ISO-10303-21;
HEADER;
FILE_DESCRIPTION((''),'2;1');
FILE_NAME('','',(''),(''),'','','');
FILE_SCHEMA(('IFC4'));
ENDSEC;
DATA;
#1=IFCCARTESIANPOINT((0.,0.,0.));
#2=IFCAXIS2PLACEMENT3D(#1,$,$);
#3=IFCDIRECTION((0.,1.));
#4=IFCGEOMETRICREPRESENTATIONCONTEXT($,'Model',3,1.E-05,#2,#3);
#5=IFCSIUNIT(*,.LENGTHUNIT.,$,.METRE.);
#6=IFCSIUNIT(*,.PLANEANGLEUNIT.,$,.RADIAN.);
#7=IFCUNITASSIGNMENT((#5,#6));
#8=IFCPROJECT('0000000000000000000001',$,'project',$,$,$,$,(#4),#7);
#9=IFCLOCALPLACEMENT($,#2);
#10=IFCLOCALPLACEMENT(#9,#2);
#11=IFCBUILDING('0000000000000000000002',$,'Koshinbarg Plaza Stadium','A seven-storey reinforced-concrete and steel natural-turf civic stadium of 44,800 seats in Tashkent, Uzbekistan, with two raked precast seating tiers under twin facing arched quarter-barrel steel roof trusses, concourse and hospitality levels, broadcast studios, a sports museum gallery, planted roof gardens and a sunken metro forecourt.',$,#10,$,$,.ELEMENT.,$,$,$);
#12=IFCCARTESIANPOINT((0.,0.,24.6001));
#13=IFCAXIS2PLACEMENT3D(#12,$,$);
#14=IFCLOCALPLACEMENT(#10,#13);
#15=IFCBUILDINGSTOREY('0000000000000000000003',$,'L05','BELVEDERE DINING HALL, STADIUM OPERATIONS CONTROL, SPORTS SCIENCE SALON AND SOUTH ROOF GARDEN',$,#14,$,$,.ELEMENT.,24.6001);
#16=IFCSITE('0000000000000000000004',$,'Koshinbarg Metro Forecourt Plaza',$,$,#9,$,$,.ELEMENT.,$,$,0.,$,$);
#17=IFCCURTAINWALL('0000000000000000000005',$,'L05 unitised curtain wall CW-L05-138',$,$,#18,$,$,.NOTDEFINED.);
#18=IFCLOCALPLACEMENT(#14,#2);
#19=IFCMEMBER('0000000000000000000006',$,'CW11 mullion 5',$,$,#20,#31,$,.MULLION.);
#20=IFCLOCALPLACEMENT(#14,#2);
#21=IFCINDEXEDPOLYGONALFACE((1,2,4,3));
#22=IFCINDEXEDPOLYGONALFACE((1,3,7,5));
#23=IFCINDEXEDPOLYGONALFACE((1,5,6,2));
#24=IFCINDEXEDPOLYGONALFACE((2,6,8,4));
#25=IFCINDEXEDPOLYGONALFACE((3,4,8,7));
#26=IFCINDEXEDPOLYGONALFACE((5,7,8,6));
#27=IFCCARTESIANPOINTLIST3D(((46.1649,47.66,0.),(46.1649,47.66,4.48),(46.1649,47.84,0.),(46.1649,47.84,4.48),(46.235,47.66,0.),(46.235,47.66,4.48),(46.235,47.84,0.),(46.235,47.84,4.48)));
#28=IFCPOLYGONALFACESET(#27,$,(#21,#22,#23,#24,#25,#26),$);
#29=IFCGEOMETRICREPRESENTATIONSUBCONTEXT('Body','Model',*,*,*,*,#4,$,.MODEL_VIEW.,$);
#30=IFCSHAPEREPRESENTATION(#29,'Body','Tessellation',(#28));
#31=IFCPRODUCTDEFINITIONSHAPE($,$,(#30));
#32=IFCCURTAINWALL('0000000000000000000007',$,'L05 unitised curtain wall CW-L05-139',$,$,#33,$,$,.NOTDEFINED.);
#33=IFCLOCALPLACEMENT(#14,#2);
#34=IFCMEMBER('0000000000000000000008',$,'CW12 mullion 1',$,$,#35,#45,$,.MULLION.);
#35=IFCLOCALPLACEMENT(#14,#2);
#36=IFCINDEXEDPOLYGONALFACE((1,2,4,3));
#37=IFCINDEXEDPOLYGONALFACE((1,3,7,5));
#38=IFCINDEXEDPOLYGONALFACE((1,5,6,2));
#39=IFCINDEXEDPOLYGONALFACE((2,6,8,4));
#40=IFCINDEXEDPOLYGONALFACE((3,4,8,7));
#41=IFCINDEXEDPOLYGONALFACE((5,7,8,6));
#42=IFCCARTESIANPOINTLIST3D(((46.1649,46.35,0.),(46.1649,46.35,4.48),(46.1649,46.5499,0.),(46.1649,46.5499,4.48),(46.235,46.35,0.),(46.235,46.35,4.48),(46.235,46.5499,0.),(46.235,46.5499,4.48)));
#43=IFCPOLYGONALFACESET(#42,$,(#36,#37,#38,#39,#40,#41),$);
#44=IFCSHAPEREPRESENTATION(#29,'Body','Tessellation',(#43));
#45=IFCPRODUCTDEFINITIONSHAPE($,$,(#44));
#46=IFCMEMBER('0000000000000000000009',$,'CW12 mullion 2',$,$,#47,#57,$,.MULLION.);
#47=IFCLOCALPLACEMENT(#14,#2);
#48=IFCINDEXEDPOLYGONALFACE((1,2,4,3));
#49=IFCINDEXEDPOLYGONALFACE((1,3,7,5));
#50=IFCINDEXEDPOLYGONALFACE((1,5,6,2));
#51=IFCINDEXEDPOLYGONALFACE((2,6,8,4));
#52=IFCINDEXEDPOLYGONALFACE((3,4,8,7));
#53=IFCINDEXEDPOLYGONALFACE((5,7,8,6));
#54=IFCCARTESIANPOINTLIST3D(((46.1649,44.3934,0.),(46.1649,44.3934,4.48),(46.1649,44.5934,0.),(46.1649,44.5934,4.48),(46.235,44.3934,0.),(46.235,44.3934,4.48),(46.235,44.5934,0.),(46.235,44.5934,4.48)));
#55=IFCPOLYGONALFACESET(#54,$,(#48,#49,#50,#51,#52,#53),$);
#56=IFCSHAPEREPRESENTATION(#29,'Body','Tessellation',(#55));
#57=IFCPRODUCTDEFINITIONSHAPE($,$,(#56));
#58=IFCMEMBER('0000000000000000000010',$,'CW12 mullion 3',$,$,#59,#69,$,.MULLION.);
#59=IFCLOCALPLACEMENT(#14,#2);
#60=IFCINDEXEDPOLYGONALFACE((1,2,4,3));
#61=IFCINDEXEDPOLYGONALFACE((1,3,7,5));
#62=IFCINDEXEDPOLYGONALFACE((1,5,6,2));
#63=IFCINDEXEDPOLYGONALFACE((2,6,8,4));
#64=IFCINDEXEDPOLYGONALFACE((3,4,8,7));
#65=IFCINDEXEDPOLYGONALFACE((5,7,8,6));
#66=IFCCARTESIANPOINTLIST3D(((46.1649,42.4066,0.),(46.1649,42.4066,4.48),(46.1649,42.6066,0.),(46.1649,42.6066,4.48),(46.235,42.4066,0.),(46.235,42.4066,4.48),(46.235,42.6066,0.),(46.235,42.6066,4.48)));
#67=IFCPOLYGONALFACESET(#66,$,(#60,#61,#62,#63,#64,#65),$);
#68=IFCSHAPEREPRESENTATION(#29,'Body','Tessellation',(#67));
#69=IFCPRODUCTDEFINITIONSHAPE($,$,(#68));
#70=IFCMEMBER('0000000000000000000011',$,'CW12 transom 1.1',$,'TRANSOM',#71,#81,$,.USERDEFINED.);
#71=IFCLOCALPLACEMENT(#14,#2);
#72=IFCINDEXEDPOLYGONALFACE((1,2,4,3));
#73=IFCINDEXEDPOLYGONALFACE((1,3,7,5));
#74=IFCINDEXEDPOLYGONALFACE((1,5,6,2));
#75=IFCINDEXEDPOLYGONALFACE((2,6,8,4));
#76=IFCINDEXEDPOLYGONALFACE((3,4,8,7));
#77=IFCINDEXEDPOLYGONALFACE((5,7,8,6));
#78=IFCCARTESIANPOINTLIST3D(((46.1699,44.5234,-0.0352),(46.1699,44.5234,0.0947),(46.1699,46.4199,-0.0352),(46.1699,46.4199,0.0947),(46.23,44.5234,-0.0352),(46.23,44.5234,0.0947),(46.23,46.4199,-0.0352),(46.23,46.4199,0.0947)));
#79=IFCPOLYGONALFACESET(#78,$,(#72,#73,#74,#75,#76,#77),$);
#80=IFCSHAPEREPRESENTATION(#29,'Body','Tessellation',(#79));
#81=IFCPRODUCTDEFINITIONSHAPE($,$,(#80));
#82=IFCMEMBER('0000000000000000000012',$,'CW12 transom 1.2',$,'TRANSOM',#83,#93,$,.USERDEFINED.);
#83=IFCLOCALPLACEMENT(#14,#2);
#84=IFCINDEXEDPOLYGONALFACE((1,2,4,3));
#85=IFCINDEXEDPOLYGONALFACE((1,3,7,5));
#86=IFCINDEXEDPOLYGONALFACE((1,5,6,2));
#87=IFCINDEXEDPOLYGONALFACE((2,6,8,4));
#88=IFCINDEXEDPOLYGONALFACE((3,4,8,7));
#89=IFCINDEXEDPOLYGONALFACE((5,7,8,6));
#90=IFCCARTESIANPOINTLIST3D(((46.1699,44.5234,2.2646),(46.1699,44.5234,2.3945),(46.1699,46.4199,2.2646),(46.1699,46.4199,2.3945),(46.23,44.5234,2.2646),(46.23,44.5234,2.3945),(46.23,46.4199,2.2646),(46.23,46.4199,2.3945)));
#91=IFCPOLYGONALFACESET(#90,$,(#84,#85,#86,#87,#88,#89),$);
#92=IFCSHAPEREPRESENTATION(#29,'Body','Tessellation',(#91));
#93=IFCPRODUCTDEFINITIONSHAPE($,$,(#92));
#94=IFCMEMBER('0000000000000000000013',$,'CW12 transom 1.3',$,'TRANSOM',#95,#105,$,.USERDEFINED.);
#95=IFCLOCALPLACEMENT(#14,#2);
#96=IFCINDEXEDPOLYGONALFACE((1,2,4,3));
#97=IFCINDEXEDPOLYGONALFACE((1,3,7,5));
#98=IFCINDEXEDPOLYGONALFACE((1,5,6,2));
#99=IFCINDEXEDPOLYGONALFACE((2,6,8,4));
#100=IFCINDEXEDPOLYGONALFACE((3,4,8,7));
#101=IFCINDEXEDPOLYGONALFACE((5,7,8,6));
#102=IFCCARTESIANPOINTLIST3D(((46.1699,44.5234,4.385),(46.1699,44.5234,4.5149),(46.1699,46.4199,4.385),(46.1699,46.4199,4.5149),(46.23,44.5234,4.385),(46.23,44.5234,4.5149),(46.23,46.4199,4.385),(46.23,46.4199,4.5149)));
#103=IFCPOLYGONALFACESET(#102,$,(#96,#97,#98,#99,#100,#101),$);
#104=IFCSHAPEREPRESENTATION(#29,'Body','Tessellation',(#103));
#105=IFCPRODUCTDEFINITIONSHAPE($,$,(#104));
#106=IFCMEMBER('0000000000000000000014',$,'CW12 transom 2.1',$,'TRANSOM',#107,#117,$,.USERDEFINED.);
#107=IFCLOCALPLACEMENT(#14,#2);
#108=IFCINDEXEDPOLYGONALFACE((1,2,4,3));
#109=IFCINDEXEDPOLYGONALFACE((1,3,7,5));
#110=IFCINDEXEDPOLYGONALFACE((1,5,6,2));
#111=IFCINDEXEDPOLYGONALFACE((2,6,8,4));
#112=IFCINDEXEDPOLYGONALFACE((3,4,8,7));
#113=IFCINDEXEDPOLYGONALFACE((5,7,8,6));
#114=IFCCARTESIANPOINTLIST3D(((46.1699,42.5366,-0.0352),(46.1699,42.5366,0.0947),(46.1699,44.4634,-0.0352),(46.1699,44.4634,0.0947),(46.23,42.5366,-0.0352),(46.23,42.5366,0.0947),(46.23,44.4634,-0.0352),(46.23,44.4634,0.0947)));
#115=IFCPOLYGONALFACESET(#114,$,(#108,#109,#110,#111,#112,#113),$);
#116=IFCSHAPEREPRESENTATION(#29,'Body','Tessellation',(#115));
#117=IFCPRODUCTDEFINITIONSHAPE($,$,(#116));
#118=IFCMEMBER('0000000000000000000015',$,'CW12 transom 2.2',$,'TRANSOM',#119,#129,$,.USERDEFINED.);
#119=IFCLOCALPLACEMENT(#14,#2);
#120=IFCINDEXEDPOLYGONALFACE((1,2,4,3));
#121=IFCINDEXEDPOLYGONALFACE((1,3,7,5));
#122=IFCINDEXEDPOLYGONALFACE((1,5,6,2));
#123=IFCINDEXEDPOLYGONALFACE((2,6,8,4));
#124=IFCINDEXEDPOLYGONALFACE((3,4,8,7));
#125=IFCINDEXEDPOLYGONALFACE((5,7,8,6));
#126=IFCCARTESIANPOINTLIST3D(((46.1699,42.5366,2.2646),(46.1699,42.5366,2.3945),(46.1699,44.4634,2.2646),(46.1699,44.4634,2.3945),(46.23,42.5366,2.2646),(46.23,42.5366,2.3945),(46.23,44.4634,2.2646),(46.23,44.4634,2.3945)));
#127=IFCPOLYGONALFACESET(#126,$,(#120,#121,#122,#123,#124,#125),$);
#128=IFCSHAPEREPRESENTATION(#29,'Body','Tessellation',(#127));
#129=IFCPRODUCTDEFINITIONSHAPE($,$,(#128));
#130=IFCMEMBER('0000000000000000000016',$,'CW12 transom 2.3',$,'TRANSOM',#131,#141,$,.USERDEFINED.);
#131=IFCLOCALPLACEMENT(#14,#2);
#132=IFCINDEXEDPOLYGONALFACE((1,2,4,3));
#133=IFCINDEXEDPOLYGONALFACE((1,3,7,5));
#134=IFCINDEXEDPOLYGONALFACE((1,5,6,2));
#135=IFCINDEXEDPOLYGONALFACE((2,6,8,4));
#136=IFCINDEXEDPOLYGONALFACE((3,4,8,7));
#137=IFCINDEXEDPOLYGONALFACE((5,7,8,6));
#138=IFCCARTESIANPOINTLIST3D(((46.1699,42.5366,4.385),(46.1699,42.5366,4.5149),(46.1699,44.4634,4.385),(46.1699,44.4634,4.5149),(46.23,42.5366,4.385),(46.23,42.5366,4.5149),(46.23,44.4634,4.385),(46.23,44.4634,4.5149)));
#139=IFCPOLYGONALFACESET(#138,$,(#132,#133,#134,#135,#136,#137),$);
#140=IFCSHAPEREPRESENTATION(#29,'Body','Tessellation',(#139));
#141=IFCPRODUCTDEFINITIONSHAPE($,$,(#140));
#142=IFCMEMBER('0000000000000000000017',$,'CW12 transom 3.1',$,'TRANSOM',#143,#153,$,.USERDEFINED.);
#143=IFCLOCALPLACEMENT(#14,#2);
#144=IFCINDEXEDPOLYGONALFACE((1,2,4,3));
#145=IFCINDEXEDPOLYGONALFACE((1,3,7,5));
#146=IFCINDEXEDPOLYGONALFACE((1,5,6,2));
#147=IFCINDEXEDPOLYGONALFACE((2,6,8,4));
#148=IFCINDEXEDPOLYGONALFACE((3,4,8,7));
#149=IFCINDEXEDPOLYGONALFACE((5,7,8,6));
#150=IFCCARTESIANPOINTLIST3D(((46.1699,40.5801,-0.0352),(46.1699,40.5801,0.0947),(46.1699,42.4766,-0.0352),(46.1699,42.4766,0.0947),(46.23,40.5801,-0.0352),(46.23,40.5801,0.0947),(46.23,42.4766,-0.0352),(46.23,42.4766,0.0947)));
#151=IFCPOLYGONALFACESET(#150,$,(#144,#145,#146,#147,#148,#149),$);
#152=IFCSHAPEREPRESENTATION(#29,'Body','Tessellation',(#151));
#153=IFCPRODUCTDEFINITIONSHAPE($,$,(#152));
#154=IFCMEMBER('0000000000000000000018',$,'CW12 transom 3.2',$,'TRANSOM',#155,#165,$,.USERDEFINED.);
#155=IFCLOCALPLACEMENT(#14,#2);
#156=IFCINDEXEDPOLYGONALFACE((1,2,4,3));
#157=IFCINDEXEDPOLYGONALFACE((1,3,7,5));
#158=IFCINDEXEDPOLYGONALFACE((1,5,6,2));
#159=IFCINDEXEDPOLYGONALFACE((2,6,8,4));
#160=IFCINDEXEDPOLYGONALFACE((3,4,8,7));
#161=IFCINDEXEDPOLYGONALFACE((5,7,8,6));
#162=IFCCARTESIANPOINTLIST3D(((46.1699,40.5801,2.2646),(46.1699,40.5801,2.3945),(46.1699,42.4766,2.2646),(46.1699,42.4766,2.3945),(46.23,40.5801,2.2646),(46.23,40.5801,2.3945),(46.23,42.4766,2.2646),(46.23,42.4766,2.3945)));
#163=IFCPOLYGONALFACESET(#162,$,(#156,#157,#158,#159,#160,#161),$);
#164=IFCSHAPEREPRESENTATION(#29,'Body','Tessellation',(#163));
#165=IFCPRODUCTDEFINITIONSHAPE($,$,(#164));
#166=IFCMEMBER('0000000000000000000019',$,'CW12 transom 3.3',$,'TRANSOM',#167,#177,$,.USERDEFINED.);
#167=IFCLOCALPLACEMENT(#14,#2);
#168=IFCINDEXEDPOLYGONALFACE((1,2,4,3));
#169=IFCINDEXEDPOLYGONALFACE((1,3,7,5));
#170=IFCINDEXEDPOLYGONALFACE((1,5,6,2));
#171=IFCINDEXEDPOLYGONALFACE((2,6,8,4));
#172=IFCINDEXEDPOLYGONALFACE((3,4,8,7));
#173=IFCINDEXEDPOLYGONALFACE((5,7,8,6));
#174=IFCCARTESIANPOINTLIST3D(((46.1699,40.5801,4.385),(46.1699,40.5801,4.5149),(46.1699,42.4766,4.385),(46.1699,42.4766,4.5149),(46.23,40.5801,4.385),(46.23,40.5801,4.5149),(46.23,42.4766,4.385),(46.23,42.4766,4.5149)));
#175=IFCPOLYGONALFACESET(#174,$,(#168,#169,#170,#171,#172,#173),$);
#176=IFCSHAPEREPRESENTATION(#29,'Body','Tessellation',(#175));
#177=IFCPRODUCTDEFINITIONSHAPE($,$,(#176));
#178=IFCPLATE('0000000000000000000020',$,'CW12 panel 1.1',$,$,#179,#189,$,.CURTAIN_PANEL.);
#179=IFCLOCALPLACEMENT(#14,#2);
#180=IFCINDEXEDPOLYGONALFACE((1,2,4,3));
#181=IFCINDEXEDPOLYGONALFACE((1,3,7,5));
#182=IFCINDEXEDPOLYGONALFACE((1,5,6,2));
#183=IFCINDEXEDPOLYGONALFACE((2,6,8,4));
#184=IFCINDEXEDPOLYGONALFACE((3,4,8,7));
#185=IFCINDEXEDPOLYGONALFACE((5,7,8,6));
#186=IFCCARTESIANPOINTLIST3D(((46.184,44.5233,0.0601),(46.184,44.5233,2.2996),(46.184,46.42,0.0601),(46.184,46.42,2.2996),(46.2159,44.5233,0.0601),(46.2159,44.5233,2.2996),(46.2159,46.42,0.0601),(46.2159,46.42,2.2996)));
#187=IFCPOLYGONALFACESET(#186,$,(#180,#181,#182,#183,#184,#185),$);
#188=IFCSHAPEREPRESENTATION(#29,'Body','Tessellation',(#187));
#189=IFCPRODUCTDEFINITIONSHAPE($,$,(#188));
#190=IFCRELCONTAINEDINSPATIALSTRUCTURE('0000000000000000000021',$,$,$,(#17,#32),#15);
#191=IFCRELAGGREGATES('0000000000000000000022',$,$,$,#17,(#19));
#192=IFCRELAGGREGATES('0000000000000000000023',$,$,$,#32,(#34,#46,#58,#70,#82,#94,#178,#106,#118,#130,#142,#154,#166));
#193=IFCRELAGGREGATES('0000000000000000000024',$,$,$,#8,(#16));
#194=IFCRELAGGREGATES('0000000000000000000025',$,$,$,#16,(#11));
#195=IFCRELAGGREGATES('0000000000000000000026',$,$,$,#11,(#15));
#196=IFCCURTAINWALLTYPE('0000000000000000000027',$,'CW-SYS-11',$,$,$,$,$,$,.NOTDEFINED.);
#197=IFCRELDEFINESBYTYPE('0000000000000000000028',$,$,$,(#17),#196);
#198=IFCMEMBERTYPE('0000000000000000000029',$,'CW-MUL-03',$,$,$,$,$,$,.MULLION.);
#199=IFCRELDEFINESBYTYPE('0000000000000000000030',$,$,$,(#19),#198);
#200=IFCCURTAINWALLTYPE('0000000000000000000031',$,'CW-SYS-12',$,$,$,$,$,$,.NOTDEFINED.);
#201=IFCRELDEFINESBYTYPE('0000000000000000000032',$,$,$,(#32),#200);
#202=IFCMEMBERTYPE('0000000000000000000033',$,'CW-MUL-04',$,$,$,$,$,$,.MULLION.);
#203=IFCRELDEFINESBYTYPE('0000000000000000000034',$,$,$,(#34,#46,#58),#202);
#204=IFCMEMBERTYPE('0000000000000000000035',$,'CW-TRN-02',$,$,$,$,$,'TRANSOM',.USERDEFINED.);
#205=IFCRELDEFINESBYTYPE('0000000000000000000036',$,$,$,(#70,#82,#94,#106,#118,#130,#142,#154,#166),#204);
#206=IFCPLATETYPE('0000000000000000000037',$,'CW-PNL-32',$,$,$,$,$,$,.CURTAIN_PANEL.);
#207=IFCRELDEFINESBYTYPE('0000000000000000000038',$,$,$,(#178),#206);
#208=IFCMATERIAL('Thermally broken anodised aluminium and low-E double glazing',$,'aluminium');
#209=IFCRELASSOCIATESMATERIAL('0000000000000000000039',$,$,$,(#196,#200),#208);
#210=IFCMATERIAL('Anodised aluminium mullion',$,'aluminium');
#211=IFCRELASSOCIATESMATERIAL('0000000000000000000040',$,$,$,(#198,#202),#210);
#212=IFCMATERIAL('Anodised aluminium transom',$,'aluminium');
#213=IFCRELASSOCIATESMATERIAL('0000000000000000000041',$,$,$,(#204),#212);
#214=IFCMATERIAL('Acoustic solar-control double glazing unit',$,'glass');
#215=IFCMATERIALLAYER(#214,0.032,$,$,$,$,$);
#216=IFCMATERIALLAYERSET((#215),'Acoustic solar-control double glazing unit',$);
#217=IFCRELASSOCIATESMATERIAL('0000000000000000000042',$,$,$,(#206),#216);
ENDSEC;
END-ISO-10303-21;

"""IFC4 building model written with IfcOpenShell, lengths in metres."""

from ifc_helpers import new_model, si_unit, direction, frame, origin, origin_2d, place, context, subcontext, project, spatial, rectangle, extrude, material, layer, layer_set, material_profile, profile_set, type_object, element, aggregate, save


model = new_model("IFC4")

# Units and contexts
model_context = context("Model", 3, precision=1e-05, world=origin(), true_north=direction((0.0, 1.0)))
body_context = subcontext(model_context, "Body", "Model", "MODEL_VIEW")
ifc_project = project(units=[si_unit("LENGTHUNIT", "METRE"), si_unit("PLANEANGLEUNIT", "RADIAN")], contexts=[model_context])

# Site, building, storey
site_placement = place(None, origin())
site = spatial("IfcSite", under=ifc_project, at=site_placement, Name="Koshinbarg Metro Forecourt Plaza", CompositionType="ELEMENT", RefElevation=0.0)
building_placement = place(site_placement, origin())
building = spatial("IfcBuilding", under=site, at=building_placement, Name="Koshinbarg Plaza Stadium", Description="A seven-storey reinforced-concrete and steel natural-turf civic stadium of 44,800 seats in Tashkent, Uzbekistan, with two raked precast seating tiers under twin facing arched quarter-barrel steel roof trusses, concourse and hospitality levels, broadcast studios, a sports museum gallery, planted roof gardens and a sunken metro forecourt.", CompositionType="ELEMENT")
storey_placement = place(building_placement, frame((0.0, 0.0, 24.6001)))
storey = spatial("IfcBuildingStorey", under=building, at=storey_placement, Name="L05", Description="BELVEDERE DINING HALL, STADIUM OPERATIONS CONTROL, SPORTS SCIENCE SALON AND SOUTH ROOF GARDEN", CompositionType="ELEMENT", Elevation=24.6001)

# Curtain wall, member
ifc_material_1 = material(Name="Thermally broken anodised aluminium and low-E double glazing", Category="aluminium")
curtain_wall_type_1 = type_object("IfcCurtainWallType", Name="CW-SYS-11", PredefinedType="NOTDEFINED", material=ifc_material_1)
curtain_wall_1_placement = place(storey_placement, origin())
curtain_wall_1 = element("IfcCurtainWall", 1, at=curtain_wall_1_placement, inside=storey, type_object=curtain_wall_type_1, Name="L05 unitised curtain wall CW-L05-138", PredefinedType="NOTDEFINED")
ifc_material_2 = material(Name="Anodised aluminium mullion", Category="aluminium")
ifc_material_profile_1 = material_profile(ifc_material_2, rectangle(XDim=0.0701, YDim=0.1799, at=origin_2d()), Name="ALU 70x180")
ifc_profile_set_1 = profile_set([ifc_material_profile_1], Name="Anodised aluminium mullion")
member_type_1 = type_object("IfcMemberType", Name="CW-MUL-03", PredefinedType="MULLION", material=ifc_profile_set_1)
member_1_placement = place(storey_placement, frame((46.2, 47.75, 0.0), z_axis=(0.0, 0.0, 1.0), x_axis=(1.0, 0.0, 0.0)))
member_1 = element("IfcMember", 2, at=member_1_placement, type_object=member_type_1, Name="CW11 mullion 5", PredefinedType="MULLION", context=body_context, shape_type="SweptSolid", body=[
    extrude(rectangle(XDim=0.0701, YDim=0.1799, at=origin_2d()), origin(), (0.0, 0.0, 1.0), 4.48),
])
aggregate(curtain_wall_1, [member_1])

# Curtain wall, members, plate
curtain_wall_type_2 = type_object("IfcCurtainWallType", Name="CW-SYS-12", PredefinedType="NOTDEFINED", material=ifc_material_1)
curtain_wall_2_placement = place(storey_placement, origin())
curtain_wall_2 = element("IfcCurtainWall", 3, at=curtain_wall_2_placement, inside=storey, type_object=curtain_wall_type_2, Name="L05 unitised curtain wall CW-L05-139", PredefinedType="NOTDEFINED")
ifc_material_profile_2 = material_profile(ifc_material_2, rectangle(XDim=0.0701, YDim=0.2, at=origin_2d()), Name="ALU 70x200")
ifc_profile_set_2 = profile_set([ifc_material_profile_2], Name="Anodised aluminium mullion")
member_type_2 = type_object("IfcMemberType", Name="CW-MUL-04", PredefinedType="MULLION", material=ifc_profile_set_2)
member_2_placement = place(storey_placement, frame((46.2, 46.45, 0.0), z_axis=(0.0, 0.0, 1.0), x_axis=(1.0, 0.0, 0.0)))
member_2 = element("IfcMember", 4, at=member_2_placement, type_object=member_type_2, Name="CW12 mullion 1", PredefinedType="MULLION", context=body_context, shape_type="SweptSolid", body=[
    extrude(rectangle(XDim=0.0701, YDim=0.2, at=origin_2d()), origin(), (0.0, 0.0, 1.0), 4.48),
])
member_3_placement = place(storey_placement, frame((46.2, 44.4934, 0.0), z_axis=(0.0, 0.0, 1.0), x_axis=(1.0, 0.0, 0.0)))
member_3 = element("IfcMember", 5, at=member_3_placement, type_object=member_type_2, Name="CW12 mullion 2", PredefinedType="MULLION", context=body_context, shape_type="SweptSolid", body=[
    extrude(rectangle(XDim=0.0701, YDim=0.2, at=origin_2d()), origin(), (0.0, 0.0, 1.0), 4.48),
])
member_4_placement = place(storey_placement, frame((46.2, 42.5066, 0.0), z_axis=(0.0, 0.0, 1.0), x_axis=(1.0, 0.0, 0.0)))
member_4 = element("IfcMember", 6, at=member_4_placement, type_object=member_type_2, Name="CW12 mullion 3", PredefinedType="MULLION", context=body_context, shape_type="SweptSolid", body=[
    extrude(rectangle(XDim=0.0701, YDim=0.2, at=origin_2d()), origin(), (0.0, 0.0, 1.0), 4.48),
])
ifc_material_3 = material(Name="Anodised aluminium transom", Category="aluminium")
ifc_material_profile_3 = material_profile(ifc_material_3, rectangle(XDim=0.0601, YDim=0.1299, at=origin_2d()), Name="ALU 60x130")
ifc_profile_set_3 = profile_set([ifc_material_profile_3], Name="Anodised aluminium transom")
member_type_3 = type_object("IfcMemberType", Name="CW-TRN-02", ElementType="TRANSOM", PredefinedType="USERDEFINED", material=ifc_profile_set_3)
member_5_placement = place(storey_placement, frame((46.2, 46.4199, 0.0298), z_axis=(0.0, -1.0, 0.0), x_axis=(1.0, 0.0, 0.0)))
member_5 = element("IfcMember", 7, at=member_5_placement, type_object=member_type_3, Name="CW12 transom 1.1", ObjectType="TRANSOM", PredefinedType="USERDEFINED", context=body_context, shape_type="SweptSolid", body=[
    extrude(rectangle(XDim=0.0601, YDim=0.1299, at=origin_2d()), origin(), (0.0, 0.0, 1.0), 1.8965),
])
member_6_placement = place(storey_placement, frame((46.2, 46.4199, 2.3296), z_axis=(0.0, -1.0, 0.0), x_axis=(1.0, 0.0, 0.0)))
member_6 = element("IfcMember", 8, at=member_6_placement, type_object=member_type_3, Name="CW12 transom 1.2", ObjectType="TRANSOM", PredefinedType="USERDEFINED", context=body_context, shape_type="SweptSolid", body=[
    extrude(rectangle(XDim=0.0601, YDim=0.1299, at=origin_2d()), origin(), (0.0, 0.0, 1.0), 1.8965),
])
member_7_placement = place(storey_placement, frame((46.2, 46.4199, 4.45), z_axis=(0.0, -1.0, 0.0), x_axis=(1.0, 0.0, 0.0)))
member_7 = element("IfcMember", 9, at=member_7_placement, type_object=member_type_3, Name="CW12 transom 1.3", ObjectType="TRANSOM", PredefinedType="USERDEFINED", context=body_context, shape_type="SweptSolid", body=[
    extrude(rectangle(XDim=0.0601, YDim=0.1299, at=origin_2d()), origin(), (0.0, 0.0, 1.0), 1.8965),
])
member_8_placement = place(storey_placement, frame((46.2, 44.4634, 0.0298), z_axis=(0.0, -1.0, 0.0), x_axis=(1.0, 0.0, 0.0)))
member_8 = element("IfcMember", 10, at=member_8_placement, type_object=member_type_3, Name="CW12 transom 2.1", ObjectType="TRANSOM", PredefinedType="USERDEFINED", context=body_context, shape_type="SweptSolid", body=[
    extrude(rectangle(XDim=0.0601, YDim=0.1299, at=origin_2d()), origin(), (0.0, 0.0, 1.0), 1.9268),
])
member_9_placement = place(storey_placement, frame((46.2, 44.4634, 2.3296), z_axis=(0.0, -1.0, 0.0), x_axis=(1.0, 0.0, 0.0)))
member_9 = element("IfcMember", 11, at=member_9_placement, type_object=member_type_3, Name="CW12 transom 2.2", ObjectType="TRANSOM", PredefinedType="USERDEFINED", context=body_context, shape_type="SweptSolid", body=[
    extrude(rectangle(XDim=0.0601, YDim=0.1299, at=origin_2d()), origin(), (0.0, 0.0, 1.0), 1.9268),
])
member_10_placement = place(storey_placement, frame((46.2, 44.4634, 4.45), z_axis=(0.0, -1.0, 0.0), x_axis=(1.0, 0.0, 0.0)))
member_10 = element("IfcMember", 12, at=member_10_placement, type_object=member_type_3, Name="CW12 transom 2.3", ObjectType="TRANSOM", PredefinedType="USERDEFINED", context=body_context, shape_type="SweptSolid", body=[
    extrude(rectangle(XDim=0.0601, YDim=0.1299, at=origin_2d()), origin(), (0.0, 0.0, 1.0), 1.9268),
])
member_11_placement = place(storey_placement, frame((46.2, 42.4766, 0.0298), z_axis=(0.0, -1.0, 0.0), x_axis=(1.0, 0.0, 0.0)))
member_11 = element("IfcMember", 13, at=member_11_placement, type_object=member_type_3, Name="CW12 transom 3.1", ObjectType="TRANSOM", PredefinedType="USERDEFINED", context=body_context, shape_type="SweptSolid", body=[
    extrude(rectangle(XDim=0.0601, YDim=0.1299, at=origin_2d()), origin(), (0.0, 0.0, 1.0), 1.8965),
])
member_12_placement = place(storey_placement, frame((46.2, 42.4766, 2.3296), z_axis=(0.0, -1.0, 0.0), x_axis=(1.0, 0.0, 0.0)))
member_12 = element("IfcMember", 14, at=member_12_placement, type_object=member_type_3, Name="CW12 transom 3.2", ObjectType="TRANSOM", PredefinedType="USERDEFINED", context=body_context, shape_type="SweptSolid", body=[
    extrude(rectangle(XDim=0.0601, YDim=0.1299, at=origin_2d()), origin(), (0.0, 0.0, 1.0), 1.8965),
])
member_13_placement = place(storey_placement, frame((46.2, 42.4766, 4.45), z_axis=(0.0, -1.0, 0.0), x_axis=(1.0, 0.0, 0.0)))
member_13 = element("IfcMember", 15, at=member_13_placement, type_object=member_type_3, Name="CW12 transom 3.3", ObjectType="TRANSOM", PredefinedType="USERDEFINED", context=body_context, shape_type="SweptSolid", body=[
    extrude(rectangle(XDim=0.0601, YDim=0.1299, at=origin_2d()), origin(), (0.0, 0.0, 1.0), 1.8965),
])
ifc_material_4 = material(Name="Acoustic solar-control double glazing unit", Category="glass")
ifc_layer_1 = layer(ifc_material_4, 0.032)
ifc_layer_set_1 = layer_set([ifc_layer_1], Name="Acoustic solar-control double glazing unit")
plate_type = type_object("IfcPlateType", Name="CW-PNL-32", PredefinedType="CURTAIN_PANEL", material=ifc_layer_set_1)
plate_1_placement = place(storey_placement, frame((46.2, 45.4717, 0.0601), z_axis=(0.0, 0.0, 1.0), x_axis=(0.0, -1.0, 0.0)))
plate_1 = element("IfcPlate", 16, at=plate_1_placement, type_object=plate_type, Name="CW12 panel 1.1", PredefinedType="CURTAIN_PANEL", context=body_context, shape_type="SweptSolid", body=[
    extrude(rectangle(XDim=1.8967, YDim=0.032, at=origin_2d()), origin(), (0.0, 0.0, 1.0), 2.2395),
])
aggregate(curtain_wall_2, [member_2, member_3, member_4, member_5, member_6, member_7, plate_1, member_8, member_9, member_10, member_11, member_12, member_13])

save(model, "model.ifc")
